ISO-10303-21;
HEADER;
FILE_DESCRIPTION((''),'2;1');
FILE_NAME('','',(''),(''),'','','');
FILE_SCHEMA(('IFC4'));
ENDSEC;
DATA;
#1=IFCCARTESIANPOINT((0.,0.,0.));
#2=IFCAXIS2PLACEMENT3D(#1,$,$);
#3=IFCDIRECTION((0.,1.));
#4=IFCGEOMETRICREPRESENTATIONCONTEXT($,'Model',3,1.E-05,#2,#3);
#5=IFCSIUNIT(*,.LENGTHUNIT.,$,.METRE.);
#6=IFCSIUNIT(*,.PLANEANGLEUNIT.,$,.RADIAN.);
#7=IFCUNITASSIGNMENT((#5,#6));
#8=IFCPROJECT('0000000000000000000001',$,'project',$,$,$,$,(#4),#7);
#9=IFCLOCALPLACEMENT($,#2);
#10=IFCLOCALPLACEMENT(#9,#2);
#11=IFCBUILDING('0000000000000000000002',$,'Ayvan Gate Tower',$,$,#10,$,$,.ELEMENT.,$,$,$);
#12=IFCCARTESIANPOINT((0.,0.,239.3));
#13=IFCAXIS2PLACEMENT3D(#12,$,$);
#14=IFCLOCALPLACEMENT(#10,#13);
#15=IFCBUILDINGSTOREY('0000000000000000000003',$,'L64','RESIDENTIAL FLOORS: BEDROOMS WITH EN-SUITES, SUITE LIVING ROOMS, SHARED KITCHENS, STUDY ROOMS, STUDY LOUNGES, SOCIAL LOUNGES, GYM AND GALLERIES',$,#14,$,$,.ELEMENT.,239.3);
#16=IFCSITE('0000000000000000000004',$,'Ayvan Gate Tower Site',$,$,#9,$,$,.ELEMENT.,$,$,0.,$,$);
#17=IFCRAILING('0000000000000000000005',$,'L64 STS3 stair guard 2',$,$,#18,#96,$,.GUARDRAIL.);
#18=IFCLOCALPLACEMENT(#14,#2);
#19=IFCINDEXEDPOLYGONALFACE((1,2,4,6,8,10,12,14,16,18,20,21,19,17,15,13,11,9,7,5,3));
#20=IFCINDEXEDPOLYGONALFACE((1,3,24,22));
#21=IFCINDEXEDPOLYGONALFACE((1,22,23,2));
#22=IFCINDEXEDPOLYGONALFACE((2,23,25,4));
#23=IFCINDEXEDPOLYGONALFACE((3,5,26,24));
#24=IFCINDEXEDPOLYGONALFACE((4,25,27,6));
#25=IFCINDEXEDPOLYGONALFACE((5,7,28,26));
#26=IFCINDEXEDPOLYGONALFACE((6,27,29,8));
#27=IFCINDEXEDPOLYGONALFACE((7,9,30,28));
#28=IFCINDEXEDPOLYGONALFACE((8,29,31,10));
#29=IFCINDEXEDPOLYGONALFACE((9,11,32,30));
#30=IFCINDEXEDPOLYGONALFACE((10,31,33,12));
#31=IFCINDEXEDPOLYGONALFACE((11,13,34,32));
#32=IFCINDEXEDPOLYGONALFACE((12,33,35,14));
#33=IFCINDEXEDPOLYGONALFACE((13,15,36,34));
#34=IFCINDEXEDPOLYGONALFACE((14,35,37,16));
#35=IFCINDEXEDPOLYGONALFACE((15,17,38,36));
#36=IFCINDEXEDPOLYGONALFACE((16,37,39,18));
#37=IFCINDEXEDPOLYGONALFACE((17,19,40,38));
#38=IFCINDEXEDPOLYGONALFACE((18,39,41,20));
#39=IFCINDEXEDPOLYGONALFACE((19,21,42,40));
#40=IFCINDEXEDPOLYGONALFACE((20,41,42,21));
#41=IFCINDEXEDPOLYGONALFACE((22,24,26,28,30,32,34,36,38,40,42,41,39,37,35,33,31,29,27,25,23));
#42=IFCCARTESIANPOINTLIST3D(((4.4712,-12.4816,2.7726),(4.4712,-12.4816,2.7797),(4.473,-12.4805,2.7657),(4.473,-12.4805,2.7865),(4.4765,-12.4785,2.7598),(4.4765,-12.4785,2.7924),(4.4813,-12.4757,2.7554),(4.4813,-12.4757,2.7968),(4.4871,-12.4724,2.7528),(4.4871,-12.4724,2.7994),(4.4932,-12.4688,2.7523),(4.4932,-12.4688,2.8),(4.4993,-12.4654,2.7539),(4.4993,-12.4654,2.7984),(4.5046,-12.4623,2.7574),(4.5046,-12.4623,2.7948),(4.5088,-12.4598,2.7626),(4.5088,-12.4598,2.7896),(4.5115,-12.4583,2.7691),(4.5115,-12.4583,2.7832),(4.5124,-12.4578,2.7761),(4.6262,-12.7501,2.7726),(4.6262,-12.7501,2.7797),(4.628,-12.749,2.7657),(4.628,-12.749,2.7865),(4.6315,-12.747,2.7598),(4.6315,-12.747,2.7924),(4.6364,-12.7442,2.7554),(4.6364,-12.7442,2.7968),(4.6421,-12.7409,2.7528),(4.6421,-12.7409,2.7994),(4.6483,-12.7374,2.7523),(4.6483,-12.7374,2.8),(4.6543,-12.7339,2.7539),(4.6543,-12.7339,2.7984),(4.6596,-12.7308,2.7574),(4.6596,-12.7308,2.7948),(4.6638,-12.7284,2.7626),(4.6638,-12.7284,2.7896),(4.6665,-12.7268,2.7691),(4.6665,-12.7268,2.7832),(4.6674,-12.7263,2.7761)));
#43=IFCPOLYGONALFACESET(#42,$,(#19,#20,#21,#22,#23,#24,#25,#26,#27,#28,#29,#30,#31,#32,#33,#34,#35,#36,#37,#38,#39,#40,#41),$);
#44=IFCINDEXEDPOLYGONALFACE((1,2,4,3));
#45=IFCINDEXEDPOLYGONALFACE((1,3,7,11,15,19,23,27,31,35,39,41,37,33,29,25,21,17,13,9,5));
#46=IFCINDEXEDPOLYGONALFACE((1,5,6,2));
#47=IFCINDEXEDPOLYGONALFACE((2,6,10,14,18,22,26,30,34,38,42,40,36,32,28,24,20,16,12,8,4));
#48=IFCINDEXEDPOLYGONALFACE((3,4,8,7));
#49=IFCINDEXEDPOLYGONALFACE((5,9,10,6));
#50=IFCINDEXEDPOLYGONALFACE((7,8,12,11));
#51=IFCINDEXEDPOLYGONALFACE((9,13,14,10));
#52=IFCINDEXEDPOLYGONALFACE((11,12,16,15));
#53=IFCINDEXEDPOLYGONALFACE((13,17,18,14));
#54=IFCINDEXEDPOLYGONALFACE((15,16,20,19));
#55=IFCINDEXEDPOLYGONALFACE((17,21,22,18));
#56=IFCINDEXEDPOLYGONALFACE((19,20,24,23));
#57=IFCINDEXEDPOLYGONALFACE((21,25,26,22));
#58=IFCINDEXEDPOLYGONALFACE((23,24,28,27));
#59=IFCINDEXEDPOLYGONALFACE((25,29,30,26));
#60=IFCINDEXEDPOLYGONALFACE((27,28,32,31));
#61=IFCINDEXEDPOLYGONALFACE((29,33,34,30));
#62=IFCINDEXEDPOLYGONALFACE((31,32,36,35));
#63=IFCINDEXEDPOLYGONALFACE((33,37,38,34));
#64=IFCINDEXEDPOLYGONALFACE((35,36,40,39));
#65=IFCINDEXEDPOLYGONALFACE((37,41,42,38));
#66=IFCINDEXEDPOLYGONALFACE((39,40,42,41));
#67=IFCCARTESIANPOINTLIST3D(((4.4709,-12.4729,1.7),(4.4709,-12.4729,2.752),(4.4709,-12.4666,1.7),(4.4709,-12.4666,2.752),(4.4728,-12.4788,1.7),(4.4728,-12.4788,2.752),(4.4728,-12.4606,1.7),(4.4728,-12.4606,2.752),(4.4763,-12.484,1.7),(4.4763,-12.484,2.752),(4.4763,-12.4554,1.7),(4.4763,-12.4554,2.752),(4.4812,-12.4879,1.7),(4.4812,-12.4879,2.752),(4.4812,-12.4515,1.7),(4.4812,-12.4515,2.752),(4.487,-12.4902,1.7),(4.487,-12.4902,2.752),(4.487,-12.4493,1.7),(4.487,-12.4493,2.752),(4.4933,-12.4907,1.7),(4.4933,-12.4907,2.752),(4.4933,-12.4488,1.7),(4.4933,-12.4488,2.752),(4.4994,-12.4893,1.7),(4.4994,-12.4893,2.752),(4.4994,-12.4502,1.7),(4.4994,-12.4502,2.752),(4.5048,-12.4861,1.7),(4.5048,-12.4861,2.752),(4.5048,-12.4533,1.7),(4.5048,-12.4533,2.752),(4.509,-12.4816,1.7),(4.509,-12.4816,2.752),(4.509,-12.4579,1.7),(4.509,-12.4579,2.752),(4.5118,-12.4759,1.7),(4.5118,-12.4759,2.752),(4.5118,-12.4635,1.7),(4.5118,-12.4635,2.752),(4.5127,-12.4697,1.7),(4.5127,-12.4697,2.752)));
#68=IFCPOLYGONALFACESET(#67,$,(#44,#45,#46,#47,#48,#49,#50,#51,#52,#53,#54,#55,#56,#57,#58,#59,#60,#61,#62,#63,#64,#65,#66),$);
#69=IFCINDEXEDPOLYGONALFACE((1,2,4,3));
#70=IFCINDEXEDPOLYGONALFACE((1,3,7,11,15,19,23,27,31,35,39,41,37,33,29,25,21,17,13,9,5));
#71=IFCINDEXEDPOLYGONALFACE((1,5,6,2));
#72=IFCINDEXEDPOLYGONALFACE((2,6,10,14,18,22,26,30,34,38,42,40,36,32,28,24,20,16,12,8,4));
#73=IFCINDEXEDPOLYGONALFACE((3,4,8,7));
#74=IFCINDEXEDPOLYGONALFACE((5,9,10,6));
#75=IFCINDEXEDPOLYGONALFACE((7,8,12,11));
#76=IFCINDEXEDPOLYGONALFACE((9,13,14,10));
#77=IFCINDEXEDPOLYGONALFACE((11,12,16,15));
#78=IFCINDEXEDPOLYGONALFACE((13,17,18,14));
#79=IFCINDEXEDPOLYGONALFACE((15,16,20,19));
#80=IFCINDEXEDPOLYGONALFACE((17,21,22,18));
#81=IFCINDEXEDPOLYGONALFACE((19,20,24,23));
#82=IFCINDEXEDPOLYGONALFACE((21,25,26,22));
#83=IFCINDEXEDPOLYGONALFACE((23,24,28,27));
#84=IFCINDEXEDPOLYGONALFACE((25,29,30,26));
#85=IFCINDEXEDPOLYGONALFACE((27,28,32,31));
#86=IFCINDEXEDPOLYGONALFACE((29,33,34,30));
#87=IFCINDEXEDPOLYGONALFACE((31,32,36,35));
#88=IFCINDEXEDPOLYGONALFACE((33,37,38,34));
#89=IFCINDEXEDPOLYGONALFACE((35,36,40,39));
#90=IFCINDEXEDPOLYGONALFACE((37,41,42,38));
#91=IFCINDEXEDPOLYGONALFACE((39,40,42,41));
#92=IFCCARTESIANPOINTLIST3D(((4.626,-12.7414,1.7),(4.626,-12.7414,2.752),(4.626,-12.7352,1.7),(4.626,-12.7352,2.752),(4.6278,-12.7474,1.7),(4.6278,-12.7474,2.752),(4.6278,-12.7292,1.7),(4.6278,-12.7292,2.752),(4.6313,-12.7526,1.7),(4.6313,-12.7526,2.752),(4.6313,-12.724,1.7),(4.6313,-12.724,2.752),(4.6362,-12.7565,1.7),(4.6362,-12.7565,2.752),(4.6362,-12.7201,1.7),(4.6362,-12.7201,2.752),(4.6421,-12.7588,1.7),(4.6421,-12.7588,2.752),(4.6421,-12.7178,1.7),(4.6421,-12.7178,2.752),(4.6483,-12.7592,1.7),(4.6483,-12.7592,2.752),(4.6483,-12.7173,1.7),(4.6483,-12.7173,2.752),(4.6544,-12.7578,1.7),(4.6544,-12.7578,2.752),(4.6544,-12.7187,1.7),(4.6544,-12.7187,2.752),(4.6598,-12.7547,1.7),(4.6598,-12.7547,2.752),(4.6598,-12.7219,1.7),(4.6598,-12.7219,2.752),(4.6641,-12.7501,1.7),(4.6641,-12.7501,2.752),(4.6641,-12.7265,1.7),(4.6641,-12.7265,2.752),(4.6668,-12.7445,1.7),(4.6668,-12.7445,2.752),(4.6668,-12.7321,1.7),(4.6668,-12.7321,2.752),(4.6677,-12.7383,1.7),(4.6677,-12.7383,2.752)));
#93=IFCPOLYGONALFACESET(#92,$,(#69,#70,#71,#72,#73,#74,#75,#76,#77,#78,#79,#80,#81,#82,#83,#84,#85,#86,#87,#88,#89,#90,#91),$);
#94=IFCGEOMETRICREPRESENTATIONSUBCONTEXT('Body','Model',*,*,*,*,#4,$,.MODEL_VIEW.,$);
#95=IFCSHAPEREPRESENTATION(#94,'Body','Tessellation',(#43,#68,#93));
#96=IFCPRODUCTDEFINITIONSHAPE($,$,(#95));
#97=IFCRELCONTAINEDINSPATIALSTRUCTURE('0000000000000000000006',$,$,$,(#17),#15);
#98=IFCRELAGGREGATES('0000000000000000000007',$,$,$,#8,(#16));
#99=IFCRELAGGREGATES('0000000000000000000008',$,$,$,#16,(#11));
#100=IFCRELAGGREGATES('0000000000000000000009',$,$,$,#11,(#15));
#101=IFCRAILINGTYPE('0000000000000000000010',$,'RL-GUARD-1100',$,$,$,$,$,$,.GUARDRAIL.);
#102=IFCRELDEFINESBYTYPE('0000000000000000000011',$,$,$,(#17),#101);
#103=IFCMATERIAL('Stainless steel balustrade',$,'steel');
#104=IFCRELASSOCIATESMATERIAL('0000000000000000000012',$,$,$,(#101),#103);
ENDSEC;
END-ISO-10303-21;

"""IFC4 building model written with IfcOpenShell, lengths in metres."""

from ifc_helpers import new_model, si_unit, direction, frame, origin, origin_2d, place, context, subcontext, project, spatial, circle, extrude, material, type_object, element, save


model = new_model("IFC4")

# Units and contexts
model_context = context("Model", 3, precision=1e-05, world=origin(), true_north=direction((0.0, 1.0)))
body_context = subcontext(model_context, "Body", "Model", "MODEL_VIEW")
ifc_project = project(units=[si_unit("LENGTHUNIT", "METRE"), si_unit("PLANEANGLEUNIT", "RADIAN")], contexts=[model_context])

# Site, building, storey
site_placement = place(None, origin())
site = spatial("IfcSite", under=ifc_project, at=site_placement, Name="Ayvan Gate Tower Site", CompositionType="ELEMENT", RefElevation=0.0)
building_placement = place(site_placement, origin())
building = spatial("IfcBuilding", under=site, at=building_placement, Name="Ayvan Gate Tower", CompositionType="ELEMENT")
storey_placement = place(building_placement, frame((0.0, 0.0, 239.3)))
storey = spatial("IfcBuildingStorey", under=building, at=storey_placement, Name="L64", Description="RESIDENTIAL FLOORS: BEDROOMS WITH EN-SUITES, SUITE LIVING ROOMS, SHARED KITCHENS, STUDY ROOMS, STUDY LOUNGES, SOCIAL LOUNGES, GYM AND GALLERIES", CompositionType="ELEMENT", Elevation=239.3)

# Railing
ifc_material_1 = material(Name="Stainless steel balustrade", Category="steel")
railing_type_1 = type_object("IfcRailingType", Name="RL-GUARD-1100", PredefinedType="GUARDRAIL", material=ifc_material_1)
railing_1_placement = place(storey_placement, frame((4.4917, -12.4697, 1.7)))
element("IfcRailing", 1, at=railing_1_placement, inside=storey, type_object=railing_type_1, Name="L64 STS3 stair guard 2", PredefinedType="GUARDRAIL", context=body_context, shape_type="SweptSolid", body=[
    extrude(circle(Radius=0.0239, at=origin_2d()), frame((0.0, 0.0, 1.0762), z_axis=(0.49995, -0.866054, 0.0), x_axis=(0.866054, 0.49995, 0.0)), (0.0, 0.0, 1.0), 0.3101),
    extrude(circle(Radius=0.021, at=origin_2d()), origin(), (0.0, 0.0, 1.0), 1.052),
    extrude(circle(Radius=0.021, at=origin_2d()), frame((0.155, -0.2686, 0.0)), (0.0, 0.0, 1.0), 1.052),
])

save(model, "model.ifc")
